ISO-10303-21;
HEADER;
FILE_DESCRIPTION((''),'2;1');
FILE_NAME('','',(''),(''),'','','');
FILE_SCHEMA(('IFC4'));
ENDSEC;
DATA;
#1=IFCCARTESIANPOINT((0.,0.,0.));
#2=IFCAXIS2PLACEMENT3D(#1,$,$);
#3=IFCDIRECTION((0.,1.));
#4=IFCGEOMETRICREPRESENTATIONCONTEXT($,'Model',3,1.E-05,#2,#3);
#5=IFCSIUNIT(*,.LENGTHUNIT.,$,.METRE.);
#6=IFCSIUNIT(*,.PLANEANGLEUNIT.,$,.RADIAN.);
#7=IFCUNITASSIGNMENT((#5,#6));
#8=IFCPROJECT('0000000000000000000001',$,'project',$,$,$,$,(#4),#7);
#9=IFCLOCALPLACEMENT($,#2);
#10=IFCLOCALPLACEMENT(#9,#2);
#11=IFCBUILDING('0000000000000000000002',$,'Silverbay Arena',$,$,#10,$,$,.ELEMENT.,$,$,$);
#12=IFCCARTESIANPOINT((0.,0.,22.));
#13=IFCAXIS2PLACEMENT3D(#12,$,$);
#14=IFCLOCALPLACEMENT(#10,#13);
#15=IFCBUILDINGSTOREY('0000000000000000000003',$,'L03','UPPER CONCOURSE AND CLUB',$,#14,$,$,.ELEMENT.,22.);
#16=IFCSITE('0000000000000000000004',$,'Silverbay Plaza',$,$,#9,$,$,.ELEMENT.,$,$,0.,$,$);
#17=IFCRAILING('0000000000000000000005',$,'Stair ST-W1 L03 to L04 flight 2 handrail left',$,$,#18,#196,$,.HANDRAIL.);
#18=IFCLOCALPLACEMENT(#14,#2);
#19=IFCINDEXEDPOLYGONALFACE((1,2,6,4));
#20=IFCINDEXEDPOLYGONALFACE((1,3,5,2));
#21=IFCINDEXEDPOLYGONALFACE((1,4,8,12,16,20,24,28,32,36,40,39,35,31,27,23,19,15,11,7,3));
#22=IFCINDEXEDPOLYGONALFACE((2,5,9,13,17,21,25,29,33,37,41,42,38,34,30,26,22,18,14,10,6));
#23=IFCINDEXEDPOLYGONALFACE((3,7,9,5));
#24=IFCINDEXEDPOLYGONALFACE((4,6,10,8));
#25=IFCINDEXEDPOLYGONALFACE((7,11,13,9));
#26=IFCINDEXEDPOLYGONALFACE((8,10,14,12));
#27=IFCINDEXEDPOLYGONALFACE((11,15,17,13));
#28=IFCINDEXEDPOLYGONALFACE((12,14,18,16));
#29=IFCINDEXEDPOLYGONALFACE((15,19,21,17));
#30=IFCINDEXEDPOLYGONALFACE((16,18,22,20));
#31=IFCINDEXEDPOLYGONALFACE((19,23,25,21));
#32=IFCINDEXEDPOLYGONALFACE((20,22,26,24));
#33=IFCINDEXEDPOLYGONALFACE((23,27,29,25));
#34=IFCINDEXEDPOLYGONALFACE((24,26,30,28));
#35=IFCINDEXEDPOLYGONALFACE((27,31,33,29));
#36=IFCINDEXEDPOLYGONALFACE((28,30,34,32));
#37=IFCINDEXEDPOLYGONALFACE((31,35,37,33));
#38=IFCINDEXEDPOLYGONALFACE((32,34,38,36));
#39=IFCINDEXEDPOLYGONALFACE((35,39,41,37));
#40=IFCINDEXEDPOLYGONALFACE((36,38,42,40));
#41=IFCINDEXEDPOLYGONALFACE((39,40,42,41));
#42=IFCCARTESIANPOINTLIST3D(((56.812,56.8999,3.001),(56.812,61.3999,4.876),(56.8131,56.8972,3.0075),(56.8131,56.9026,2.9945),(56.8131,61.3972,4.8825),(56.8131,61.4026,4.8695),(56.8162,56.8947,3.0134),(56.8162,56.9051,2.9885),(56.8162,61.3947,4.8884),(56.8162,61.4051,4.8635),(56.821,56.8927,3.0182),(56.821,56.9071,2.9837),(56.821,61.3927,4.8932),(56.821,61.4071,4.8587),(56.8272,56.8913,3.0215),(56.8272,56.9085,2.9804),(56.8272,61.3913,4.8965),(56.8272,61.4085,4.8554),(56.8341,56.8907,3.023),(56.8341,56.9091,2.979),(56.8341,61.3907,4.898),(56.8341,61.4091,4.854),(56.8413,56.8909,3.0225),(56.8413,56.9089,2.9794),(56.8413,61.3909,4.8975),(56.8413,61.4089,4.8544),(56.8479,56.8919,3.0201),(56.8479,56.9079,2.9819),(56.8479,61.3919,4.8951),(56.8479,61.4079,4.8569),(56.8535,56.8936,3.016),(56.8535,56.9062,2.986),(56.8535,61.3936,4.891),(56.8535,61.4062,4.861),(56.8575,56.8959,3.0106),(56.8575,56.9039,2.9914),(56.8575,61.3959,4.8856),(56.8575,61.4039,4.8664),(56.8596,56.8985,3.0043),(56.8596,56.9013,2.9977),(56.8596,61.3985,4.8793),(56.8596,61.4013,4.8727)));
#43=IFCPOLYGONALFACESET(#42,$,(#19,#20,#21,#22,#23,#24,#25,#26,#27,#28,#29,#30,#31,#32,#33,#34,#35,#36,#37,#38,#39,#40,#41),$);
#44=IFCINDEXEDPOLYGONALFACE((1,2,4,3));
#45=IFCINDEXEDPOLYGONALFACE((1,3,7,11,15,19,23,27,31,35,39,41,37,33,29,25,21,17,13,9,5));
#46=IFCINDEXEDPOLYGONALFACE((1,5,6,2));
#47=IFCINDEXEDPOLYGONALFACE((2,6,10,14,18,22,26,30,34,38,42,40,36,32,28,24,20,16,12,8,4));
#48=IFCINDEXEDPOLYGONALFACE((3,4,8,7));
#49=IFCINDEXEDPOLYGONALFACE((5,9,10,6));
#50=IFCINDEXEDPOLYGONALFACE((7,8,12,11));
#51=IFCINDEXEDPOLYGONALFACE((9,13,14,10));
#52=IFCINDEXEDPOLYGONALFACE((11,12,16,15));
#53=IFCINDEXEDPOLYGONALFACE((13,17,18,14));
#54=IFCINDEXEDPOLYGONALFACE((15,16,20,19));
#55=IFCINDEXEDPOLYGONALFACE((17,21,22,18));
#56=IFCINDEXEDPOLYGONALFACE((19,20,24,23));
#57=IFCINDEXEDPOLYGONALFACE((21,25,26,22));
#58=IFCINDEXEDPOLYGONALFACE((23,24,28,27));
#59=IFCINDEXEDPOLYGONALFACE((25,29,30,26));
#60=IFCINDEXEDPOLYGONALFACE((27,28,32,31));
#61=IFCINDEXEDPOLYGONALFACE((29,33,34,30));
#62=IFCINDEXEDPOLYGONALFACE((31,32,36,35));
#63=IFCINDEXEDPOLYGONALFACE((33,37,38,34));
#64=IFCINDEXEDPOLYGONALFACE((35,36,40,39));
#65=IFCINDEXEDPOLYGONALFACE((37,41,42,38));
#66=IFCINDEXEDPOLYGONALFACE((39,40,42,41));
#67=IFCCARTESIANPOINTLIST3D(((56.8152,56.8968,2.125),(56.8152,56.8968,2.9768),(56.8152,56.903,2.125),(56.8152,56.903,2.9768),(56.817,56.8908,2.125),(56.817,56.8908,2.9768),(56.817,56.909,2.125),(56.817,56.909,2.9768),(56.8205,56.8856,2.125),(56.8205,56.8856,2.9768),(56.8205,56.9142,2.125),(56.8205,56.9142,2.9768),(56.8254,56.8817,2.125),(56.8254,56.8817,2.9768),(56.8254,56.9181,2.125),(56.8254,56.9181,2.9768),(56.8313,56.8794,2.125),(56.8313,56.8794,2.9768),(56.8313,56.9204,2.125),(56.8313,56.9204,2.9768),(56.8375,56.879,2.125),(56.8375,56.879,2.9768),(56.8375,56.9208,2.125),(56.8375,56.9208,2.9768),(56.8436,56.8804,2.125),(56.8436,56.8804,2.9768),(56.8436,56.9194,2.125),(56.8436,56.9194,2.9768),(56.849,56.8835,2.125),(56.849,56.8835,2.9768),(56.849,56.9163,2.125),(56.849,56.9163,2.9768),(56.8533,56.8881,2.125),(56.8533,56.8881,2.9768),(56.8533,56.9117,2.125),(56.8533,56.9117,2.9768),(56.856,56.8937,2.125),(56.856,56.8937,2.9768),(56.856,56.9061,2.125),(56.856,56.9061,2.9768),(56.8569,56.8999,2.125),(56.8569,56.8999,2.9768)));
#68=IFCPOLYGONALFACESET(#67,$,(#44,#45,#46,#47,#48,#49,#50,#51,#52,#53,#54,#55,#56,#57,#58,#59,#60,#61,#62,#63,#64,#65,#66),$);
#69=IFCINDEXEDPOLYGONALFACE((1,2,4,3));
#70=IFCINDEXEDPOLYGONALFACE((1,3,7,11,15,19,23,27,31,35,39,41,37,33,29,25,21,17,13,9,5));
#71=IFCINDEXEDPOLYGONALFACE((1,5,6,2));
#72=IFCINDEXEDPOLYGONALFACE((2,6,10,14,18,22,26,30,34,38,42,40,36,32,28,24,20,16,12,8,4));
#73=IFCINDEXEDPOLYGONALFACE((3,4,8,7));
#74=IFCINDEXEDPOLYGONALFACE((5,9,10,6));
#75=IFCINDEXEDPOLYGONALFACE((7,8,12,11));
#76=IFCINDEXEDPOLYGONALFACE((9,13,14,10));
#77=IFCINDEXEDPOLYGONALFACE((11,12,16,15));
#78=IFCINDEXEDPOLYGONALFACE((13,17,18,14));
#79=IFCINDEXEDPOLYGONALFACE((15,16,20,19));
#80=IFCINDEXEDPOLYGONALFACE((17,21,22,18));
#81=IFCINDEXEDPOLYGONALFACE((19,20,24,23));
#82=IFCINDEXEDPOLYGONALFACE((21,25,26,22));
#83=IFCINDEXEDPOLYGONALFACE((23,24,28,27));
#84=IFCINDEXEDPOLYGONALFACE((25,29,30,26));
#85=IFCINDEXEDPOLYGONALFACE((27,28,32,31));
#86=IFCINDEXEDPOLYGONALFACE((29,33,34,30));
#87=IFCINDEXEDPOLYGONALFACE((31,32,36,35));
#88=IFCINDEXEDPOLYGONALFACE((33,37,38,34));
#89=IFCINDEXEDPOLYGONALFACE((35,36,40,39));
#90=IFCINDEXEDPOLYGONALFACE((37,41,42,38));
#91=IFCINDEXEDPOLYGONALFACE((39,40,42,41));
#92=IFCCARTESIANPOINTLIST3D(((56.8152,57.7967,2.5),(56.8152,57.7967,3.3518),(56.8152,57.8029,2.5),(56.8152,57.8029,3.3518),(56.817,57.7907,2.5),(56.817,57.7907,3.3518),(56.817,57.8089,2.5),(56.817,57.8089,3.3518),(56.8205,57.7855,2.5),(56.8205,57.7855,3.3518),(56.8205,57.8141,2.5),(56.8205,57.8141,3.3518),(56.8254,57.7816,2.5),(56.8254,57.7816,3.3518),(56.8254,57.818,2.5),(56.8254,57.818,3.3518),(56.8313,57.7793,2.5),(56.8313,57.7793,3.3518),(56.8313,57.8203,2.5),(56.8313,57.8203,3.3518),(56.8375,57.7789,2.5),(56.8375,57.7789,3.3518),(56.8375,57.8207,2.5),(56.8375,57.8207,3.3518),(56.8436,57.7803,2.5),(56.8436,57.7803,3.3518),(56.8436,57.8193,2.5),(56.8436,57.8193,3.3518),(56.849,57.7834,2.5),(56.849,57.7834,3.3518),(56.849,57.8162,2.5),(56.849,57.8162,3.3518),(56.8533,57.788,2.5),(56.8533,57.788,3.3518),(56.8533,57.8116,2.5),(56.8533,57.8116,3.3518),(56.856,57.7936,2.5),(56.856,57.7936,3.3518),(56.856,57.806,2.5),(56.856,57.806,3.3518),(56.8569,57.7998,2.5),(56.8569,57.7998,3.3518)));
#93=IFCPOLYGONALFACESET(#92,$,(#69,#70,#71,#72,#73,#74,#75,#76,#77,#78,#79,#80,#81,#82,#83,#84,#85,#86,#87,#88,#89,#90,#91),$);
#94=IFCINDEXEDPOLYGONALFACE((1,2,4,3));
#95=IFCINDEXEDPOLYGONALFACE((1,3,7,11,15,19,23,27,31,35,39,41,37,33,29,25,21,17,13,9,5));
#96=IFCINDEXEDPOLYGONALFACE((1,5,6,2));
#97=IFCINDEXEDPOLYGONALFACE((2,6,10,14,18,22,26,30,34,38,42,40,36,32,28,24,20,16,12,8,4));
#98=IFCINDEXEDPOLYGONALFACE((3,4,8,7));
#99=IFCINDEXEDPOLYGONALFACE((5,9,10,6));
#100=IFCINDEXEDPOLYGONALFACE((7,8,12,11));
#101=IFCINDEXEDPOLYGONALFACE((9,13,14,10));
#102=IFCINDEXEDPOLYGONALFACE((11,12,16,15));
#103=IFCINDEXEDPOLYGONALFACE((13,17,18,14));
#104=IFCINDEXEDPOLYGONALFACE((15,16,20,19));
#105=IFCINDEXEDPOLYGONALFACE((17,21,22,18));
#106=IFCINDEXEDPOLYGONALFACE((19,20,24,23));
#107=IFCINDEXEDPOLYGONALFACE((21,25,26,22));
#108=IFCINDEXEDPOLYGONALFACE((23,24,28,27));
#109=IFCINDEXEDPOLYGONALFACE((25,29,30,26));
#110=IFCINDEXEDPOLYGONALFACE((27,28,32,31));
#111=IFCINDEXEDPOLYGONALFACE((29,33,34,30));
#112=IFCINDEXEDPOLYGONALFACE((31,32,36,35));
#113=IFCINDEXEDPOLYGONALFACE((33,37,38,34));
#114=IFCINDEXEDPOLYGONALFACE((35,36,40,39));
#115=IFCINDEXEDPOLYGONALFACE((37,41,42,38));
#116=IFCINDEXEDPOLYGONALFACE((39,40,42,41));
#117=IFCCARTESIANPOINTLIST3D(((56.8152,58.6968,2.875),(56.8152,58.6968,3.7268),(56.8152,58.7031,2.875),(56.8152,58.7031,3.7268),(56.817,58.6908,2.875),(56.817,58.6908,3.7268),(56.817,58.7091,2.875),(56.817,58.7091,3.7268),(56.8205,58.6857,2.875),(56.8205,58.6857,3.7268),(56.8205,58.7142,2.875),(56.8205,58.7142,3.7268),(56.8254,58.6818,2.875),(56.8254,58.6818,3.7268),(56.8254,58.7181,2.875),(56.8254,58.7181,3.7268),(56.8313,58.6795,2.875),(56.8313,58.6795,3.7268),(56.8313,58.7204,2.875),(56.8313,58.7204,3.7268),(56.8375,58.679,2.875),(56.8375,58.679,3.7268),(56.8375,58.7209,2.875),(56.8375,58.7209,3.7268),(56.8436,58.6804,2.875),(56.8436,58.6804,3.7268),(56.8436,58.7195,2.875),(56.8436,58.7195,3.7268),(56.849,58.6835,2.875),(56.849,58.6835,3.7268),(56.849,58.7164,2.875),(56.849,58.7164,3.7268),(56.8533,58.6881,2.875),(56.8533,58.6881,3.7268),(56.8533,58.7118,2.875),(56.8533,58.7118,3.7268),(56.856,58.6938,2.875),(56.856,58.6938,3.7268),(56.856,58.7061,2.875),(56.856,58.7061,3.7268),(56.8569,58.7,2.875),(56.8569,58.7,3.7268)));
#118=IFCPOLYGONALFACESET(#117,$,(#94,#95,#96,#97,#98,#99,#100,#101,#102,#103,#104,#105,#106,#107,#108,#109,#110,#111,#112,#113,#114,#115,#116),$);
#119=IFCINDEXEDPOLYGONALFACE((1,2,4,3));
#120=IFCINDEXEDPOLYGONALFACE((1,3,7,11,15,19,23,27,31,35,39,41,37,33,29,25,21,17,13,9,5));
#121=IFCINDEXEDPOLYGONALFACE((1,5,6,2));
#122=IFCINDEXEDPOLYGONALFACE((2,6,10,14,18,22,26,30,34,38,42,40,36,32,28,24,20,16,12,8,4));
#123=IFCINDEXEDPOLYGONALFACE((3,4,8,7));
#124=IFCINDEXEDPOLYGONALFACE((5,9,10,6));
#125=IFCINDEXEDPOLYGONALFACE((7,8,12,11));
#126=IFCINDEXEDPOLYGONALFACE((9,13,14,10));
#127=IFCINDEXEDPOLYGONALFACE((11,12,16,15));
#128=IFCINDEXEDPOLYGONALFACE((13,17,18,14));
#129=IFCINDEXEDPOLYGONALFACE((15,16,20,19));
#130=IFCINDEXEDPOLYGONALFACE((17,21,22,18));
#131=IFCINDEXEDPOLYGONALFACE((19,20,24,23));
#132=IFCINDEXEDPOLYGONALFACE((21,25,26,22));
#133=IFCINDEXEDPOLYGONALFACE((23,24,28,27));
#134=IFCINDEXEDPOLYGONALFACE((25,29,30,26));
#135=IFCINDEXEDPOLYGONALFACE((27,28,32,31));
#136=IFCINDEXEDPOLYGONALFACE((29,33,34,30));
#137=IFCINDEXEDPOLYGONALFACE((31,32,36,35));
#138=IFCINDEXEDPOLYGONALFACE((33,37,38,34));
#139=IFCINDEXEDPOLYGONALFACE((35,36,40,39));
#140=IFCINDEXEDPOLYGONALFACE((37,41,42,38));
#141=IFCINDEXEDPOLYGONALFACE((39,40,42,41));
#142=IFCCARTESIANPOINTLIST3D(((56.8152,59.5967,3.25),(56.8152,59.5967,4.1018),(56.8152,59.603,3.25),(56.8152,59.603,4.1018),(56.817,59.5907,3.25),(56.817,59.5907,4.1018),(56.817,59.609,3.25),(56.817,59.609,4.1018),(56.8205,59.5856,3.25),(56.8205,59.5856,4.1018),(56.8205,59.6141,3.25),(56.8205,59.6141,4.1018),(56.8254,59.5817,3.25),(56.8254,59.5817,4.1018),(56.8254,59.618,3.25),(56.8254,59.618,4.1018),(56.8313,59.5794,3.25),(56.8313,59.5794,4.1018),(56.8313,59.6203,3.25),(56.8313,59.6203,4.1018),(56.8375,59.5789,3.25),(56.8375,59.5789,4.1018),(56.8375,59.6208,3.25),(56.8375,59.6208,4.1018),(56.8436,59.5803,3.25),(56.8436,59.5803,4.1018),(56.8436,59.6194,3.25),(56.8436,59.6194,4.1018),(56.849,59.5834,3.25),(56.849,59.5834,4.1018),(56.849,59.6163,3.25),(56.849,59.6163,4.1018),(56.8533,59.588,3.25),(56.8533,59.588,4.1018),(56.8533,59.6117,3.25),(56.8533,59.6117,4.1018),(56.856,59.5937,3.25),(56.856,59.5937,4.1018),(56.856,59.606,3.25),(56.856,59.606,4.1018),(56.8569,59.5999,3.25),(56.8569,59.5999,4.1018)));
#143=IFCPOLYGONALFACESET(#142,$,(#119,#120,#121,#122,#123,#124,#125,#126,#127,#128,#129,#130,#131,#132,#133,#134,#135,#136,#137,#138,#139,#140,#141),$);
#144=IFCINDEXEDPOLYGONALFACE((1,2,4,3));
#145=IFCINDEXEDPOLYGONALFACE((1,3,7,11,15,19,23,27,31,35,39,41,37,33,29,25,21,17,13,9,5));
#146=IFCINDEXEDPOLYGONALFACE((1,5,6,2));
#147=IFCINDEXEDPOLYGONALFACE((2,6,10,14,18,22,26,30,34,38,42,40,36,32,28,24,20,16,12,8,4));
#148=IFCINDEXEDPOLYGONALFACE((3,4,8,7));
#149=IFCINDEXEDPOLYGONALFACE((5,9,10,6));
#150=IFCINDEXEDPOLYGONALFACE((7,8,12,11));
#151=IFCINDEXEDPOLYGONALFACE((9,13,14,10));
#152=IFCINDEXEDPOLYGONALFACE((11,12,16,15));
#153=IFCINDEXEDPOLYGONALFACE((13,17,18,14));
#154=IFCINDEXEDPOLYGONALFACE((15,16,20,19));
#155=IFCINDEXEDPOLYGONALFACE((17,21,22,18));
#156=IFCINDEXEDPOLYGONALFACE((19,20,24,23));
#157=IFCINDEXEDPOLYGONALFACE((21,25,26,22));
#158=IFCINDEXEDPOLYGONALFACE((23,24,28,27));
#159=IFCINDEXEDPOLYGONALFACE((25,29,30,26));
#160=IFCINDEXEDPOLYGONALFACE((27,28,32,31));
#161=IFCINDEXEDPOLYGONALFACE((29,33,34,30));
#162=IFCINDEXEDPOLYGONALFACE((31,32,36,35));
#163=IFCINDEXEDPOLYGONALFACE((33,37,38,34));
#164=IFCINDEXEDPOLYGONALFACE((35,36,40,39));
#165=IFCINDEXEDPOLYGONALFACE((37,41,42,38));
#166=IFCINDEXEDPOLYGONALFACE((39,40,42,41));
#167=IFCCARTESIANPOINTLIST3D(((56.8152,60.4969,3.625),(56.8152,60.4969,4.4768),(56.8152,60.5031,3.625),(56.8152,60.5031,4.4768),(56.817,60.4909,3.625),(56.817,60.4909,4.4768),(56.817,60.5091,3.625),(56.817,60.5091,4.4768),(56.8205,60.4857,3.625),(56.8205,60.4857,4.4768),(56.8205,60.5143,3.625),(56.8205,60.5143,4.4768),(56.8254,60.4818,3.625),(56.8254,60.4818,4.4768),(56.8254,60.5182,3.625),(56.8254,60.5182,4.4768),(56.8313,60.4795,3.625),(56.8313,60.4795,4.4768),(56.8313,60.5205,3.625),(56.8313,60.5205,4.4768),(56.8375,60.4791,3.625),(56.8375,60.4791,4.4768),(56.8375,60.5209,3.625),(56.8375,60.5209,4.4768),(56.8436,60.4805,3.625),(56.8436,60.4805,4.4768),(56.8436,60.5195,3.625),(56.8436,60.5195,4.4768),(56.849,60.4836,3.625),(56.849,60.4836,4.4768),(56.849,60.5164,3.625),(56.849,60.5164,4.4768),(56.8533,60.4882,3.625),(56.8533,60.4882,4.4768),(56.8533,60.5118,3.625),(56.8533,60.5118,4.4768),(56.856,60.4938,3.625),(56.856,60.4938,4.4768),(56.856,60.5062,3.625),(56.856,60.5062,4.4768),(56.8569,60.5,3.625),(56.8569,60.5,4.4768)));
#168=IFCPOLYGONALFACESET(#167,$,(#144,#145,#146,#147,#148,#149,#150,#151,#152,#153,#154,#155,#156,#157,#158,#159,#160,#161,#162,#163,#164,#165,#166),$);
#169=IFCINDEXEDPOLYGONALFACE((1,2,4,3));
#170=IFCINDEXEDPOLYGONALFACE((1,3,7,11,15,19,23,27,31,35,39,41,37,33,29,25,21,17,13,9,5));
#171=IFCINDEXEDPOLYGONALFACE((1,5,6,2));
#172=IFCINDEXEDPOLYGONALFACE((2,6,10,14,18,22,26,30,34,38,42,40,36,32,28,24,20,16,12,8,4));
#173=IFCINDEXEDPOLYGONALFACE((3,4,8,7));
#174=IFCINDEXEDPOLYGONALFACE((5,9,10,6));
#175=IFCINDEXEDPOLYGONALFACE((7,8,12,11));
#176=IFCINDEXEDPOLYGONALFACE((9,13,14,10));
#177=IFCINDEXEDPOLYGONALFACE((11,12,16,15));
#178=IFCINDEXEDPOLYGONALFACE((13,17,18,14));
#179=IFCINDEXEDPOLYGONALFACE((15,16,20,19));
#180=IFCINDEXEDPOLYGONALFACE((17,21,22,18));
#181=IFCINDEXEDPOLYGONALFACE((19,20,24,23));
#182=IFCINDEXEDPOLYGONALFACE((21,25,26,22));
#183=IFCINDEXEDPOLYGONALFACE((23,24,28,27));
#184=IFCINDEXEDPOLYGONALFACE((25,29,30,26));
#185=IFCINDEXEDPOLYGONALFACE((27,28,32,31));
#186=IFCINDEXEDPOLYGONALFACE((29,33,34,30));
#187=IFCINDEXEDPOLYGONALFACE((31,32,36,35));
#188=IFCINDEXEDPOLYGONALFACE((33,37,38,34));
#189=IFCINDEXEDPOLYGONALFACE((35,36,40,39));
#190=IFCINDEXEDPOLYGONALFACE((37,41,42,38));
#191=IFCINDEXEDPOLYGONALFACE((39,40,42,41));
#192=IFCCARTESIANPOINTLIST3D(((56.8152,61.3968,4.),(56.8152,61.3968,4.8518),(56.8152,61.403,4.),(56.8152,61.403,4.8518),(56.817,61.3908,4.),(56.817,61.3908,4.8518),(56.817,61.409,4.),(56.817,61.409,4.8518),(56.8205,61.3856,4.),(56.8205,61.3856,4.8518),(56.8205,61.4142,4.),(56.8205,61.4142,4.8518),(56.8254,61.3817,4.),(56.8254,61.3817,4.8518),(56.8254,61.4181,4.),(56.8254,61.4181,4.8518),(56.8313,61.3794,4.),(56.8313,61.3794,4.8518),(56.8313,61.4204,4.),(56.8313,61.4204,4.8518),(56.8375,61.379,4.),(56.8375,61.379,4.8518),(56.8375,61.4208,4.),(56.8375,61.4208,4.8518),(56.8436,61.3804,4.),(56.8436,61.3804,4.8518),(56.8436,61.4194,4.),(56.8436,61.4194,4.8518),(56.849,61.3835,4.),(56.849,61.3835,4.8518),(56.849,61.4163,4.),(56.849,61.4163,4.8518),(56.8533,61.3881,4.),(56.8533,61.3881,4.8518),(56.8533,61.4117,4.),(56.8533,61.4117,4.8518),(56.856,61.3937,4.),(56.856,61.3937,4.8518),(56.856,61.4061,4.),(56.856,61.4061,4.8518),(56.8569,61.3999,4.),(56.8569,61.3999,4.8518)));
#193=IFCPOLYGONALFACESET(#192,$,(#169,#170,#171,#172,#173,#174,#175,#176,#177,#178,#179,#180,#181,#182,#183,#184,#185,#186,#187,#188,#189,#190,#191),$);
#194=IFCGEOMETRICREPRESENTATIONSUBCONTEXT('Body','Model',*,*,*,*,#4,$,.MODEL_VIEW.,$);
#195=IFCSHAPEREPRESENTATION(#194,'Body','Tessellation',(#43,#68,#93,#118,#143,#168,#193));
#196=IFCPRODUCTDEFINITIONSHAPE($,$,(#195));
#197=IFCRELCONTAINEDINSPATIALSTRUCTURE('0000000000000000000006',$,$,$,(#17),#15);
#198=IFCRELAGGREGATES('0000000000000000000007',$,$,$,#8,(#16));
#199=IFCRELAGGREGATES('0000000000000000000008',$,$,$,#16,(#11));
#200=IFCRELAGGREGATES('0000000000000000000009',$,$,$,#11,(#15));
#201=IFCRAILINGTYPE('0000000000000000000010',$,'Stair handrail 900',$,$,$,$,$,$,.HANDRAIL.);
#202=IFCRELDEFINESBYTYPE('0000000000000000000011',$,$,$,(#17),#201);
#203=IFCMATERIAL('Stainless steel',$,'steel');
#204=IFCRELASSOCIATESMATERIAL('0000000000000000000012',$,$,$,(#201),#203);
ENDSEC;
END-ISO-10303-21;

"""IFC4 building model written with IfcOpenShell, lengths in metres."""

from ifc_helpers import new_model, si_unit, direction, frame, origin, origin_2d, place, context, subcontext, project, spatial, circle, extrude, material, type_object, element, save


model = new_model("IFC4")

# Units and contexts
model_context = context("Model", 3, precision=1e-05, world=origin(), true_north=direction((0.0, 1.0)))
body_context = subcontext(model_context, "Body", "Model", "MODEL_VIEW")
ifc_project = project(units=[si_unit("LENGTHUNIT", "METRE"), si_unit("PLANEANGLEUNIT", "RADIAN")], contexts=[model_context])

# Site, building, storey
site_placement = place(None, origin())
site = spatial("IfcSite", under=ifc_project, at=site_placement, Name="Silverbay Plaza", CompositionType="ELEMENT", RefElevation=0.0)
building_placement = place(site_placement, origin())
building = spatial("IfcBuilding", under=site, at=building_placement, Name="Silverbay Arena", CompositionType="ELEMENT")
storey_placement = place(building_placement, frame((0.0, 0.0, 22.0)))
storey = spatial("IfcBuildingStorey", under=building, at=storey_placement, Name="L03", Description="UPPER CONCOURSE AND CLUB", CompositionType="ELEMENT", Elevation=22.0)

# Railing
ifc_material_1 = material(Name="Stainless steel", Category="steel")
railing_type = type_object("IfcRailingType", Name="Stair handrail 900", PredefinedType="HANDRAIL", material=ifc_material_1)
for number, where, name in (
    (1, (56.8359, 56.8999, 2.125), "Stair ST-W1 L03 to L04 flight 2 handrail left"),
):
    element("IfcRailing", number, at=place(storey_placement, frame(where)), inside=storey, type_object=railing_type, Name=name, PredefinedType="HANDRAIL", context=body_context, shape_type="SweptSolid", body=[
        extrude(circle(Radius=0.0239, at=origin_2d()), frame((0.0, 0.0, 0.876), z_axis=(0.0, 0.923077, 0.384615), x_axis=(-1.0, 0.0, 0.0)), (0.0, 0.0, 1.0), 4.875),
        extrude(circle(Radius=0.021, at=origin_2d()), origin(), (0.0, 0.0, 1.0), 0.8518),
        extrude(circle(Radius=0.021, at=origin_2d()), frame((0.0, 0.8999, 0.375)), (0.0, 0.0, 1.0), 0.8518),
        extrude(circle(Radius=0.021, at=origin_2d()), frame((0.0, 1.8, 0.75)), (0.0, 0.0, 1.0), 0.8518),
        extrude(circle(Radius=0.021, at=origin_2d()), frame((0.0, 2.7, 1.125)), (0.0, 0.0, 1.0), 0.8518),
        extrude(circle(Radius=0.021, at=origin_2d()), frame((0.0, 3.6001, 1.5)), (0.0, 0.0, 1.0), 0.8518),
        extrude(circle(Radius=0.021, at=origin_2d()), frame((0.0, 4.5, 1.875)), (0.0, 0.0, 1.0), 0.8518),
    ])

save(model, "model.ifc")
